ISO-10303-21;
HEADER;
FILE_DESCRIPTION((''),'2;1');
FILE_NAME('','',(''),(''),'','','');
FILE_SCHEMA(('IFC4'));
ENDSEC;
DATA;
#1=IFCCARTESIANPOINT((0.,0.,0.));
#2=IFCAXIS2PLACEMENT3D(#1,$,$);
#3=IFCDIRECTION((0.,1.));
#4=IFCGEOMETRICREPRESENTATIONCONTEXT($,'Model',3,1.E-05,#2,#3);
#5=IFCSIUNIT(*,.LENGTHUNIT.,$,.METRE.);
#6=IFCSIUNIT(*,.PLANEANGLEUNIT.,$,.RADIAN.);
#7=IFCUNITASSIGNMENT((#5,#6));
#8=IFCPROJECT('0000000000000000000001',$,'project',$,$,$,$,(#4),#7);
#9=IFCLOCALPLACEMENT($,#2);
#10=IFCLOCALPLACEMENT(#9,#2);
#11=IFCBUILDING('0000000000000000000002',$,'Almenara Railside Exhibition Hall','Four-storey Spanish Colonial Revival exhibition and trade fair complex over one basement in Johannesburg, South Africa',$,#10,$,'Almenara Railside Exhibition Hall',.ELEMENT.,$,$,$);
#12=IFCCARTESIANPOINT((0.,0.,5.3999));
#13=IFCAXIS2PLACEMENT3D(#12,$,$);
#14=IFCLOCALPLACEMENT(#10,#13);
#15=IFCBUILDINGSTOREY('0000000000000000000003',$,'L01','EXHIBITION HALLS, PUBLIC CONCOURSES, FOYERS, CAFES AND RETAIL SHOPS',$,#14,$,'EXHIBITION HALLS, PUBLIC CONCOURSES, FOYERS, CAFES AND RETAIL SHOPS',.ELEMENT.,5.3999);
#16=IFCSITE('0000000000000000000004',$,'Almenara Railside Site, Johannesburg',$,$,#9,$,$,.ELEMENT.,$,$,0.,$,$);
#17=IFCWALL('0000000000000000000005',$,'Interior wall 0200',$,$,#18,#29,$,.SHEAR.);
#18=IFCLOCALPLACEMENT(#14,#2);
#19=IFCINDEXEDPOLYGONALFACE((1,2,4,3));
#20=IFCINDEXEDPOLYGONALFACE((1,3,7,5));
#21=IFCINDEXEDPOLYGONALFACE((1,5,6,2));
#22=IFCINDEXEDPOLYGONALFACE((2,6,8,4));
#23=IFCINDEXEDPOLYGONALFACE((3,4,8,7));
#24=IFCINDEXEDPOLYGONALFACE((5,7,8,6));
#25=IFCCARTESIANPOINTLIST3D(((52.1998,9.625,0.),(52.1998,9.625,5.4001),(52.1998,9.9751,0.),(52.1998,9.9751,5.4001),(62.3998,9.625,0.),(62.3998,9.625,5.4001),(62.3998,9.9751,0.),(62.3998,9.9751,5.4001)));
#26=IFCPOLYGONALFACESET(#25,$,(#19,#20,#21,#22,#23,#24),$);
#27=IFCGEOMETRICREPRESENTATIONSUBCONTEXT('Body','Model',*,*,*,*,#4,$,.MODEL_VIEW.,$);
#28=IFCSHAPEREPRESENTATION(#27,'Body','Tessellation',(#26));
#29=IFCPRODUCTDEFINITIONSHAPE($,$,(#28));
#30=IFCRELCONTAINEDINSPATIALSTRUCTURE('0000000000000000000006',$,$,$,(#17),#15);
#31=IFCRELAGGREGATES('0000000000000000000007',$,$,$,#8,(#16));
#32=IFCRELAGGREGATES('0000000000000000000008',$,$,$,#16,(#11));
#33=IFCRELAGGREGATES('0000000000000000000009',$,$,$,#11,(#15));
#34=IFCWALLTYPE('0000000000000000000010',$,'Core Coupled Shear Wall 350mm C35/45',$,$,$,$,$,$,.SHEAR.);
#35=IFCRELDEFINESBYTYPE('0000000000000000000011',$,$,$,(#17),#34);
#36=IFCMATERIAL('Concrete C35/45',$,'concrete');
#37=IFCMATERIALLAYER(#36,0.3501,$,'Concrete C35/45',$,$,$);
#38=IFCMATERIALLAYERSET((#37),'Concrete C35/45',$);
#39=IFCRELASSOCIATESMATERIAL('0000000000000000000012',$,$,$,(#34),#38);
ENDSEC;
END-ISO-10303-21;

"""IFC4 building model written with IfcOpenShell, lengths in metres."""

from ifc_helpers import new_model, si_unit, direction, frame, frame_2d, origin, place, context, subcontext, project, spatial, rectangle, extrude, material, layer, layer_set, type_object, element, save


model = new_model("IFC4")

# Units and contexts
model_context = context("Model", 3, precision=1e-05, world=origin(), true_north=direction((0.0, 1.0)))
body_context = subcontext(model_context, "Body", "Model", "MODEL_VIEW")
ifc_project = project(units=[si_unit("LENGTHUNIT", "METRE"), si_unit("PLANEANGLEUNIT", "RADIAN")], contexts=[model_context])

# Site, building, storey
site_placement = place(None, origin())
site = spatial("IfcSite", under=ifc_project, at=site_placement, Name="Almenara Railside Site, Johannesburg", CompositionType="ELEMENT", RefElevation=0.0)
building_placement = place(site_placement, origin())
building = spatial("IfcBuilding", under=site, at=building_placement, Name="Almenara Railside Exhibition Hall", Description="Four-storey Spanish Colonial Revival exhibition and trade fair complex over one basement in Johannesburg, South Africa", LongName="Almenara Railside Exhibition Hall", CompositionType="ELEMENT")
storey_placement = place(building_placement, frame((0.0, 0.0, 5.3999)))
storey = spatial("IfcBuildingStorey", under=building, at=storey_placement, Name="L01", Description="EXHIBITION HALLS, PUBLIC CONCOURSES, FOYERS, CAFES AND RETAIL SHOPS", LongName="EXHIBITION HALLS, PUBLIC CONCOURSES, FOYERS, CAFES AND RETAIL SHOPS", CompositionType="ELEMENT", Elevation=5.3999)

# Wall
ifc_material_1 = material(Name="Concrete C35/45", Category="concrete")
ifc_layer_1 = layer(ifc_material_1, 0.3501, Name="Concrete C35/45")
ifc_layer_set_1 = layer_set([ifc_layer_1], Name="Concrete C35/45")
wall_type = type_object("IfcWallType", Name="Core Coupled Shear Wall 350mm C35/45", PredefinedType="SHEAR", material=ifc_layer_set_1)
wall_placement = place(storey_placement, frame((62.3999, 9.8, 0.0), z_axis=(0.0, 0.0, 1.0), x_axis=(-1.0, 0.0, 0.0)))
element("IfcWall", 1, at=wall_placement, inside=storey, type_object=wall_type, Name="Interior wall 0200", PredefinedType="SHEAR", context=body_context, shape_type="SweptSolid", body=[
    extrude(rectangle(XDim=10.2, YDim=0.3501, at=frame_2d((5.1001, 0.0))), origin(), (0.0, 0.0, 1.0), 5.4001),
])

save(model, "model.ifc")
